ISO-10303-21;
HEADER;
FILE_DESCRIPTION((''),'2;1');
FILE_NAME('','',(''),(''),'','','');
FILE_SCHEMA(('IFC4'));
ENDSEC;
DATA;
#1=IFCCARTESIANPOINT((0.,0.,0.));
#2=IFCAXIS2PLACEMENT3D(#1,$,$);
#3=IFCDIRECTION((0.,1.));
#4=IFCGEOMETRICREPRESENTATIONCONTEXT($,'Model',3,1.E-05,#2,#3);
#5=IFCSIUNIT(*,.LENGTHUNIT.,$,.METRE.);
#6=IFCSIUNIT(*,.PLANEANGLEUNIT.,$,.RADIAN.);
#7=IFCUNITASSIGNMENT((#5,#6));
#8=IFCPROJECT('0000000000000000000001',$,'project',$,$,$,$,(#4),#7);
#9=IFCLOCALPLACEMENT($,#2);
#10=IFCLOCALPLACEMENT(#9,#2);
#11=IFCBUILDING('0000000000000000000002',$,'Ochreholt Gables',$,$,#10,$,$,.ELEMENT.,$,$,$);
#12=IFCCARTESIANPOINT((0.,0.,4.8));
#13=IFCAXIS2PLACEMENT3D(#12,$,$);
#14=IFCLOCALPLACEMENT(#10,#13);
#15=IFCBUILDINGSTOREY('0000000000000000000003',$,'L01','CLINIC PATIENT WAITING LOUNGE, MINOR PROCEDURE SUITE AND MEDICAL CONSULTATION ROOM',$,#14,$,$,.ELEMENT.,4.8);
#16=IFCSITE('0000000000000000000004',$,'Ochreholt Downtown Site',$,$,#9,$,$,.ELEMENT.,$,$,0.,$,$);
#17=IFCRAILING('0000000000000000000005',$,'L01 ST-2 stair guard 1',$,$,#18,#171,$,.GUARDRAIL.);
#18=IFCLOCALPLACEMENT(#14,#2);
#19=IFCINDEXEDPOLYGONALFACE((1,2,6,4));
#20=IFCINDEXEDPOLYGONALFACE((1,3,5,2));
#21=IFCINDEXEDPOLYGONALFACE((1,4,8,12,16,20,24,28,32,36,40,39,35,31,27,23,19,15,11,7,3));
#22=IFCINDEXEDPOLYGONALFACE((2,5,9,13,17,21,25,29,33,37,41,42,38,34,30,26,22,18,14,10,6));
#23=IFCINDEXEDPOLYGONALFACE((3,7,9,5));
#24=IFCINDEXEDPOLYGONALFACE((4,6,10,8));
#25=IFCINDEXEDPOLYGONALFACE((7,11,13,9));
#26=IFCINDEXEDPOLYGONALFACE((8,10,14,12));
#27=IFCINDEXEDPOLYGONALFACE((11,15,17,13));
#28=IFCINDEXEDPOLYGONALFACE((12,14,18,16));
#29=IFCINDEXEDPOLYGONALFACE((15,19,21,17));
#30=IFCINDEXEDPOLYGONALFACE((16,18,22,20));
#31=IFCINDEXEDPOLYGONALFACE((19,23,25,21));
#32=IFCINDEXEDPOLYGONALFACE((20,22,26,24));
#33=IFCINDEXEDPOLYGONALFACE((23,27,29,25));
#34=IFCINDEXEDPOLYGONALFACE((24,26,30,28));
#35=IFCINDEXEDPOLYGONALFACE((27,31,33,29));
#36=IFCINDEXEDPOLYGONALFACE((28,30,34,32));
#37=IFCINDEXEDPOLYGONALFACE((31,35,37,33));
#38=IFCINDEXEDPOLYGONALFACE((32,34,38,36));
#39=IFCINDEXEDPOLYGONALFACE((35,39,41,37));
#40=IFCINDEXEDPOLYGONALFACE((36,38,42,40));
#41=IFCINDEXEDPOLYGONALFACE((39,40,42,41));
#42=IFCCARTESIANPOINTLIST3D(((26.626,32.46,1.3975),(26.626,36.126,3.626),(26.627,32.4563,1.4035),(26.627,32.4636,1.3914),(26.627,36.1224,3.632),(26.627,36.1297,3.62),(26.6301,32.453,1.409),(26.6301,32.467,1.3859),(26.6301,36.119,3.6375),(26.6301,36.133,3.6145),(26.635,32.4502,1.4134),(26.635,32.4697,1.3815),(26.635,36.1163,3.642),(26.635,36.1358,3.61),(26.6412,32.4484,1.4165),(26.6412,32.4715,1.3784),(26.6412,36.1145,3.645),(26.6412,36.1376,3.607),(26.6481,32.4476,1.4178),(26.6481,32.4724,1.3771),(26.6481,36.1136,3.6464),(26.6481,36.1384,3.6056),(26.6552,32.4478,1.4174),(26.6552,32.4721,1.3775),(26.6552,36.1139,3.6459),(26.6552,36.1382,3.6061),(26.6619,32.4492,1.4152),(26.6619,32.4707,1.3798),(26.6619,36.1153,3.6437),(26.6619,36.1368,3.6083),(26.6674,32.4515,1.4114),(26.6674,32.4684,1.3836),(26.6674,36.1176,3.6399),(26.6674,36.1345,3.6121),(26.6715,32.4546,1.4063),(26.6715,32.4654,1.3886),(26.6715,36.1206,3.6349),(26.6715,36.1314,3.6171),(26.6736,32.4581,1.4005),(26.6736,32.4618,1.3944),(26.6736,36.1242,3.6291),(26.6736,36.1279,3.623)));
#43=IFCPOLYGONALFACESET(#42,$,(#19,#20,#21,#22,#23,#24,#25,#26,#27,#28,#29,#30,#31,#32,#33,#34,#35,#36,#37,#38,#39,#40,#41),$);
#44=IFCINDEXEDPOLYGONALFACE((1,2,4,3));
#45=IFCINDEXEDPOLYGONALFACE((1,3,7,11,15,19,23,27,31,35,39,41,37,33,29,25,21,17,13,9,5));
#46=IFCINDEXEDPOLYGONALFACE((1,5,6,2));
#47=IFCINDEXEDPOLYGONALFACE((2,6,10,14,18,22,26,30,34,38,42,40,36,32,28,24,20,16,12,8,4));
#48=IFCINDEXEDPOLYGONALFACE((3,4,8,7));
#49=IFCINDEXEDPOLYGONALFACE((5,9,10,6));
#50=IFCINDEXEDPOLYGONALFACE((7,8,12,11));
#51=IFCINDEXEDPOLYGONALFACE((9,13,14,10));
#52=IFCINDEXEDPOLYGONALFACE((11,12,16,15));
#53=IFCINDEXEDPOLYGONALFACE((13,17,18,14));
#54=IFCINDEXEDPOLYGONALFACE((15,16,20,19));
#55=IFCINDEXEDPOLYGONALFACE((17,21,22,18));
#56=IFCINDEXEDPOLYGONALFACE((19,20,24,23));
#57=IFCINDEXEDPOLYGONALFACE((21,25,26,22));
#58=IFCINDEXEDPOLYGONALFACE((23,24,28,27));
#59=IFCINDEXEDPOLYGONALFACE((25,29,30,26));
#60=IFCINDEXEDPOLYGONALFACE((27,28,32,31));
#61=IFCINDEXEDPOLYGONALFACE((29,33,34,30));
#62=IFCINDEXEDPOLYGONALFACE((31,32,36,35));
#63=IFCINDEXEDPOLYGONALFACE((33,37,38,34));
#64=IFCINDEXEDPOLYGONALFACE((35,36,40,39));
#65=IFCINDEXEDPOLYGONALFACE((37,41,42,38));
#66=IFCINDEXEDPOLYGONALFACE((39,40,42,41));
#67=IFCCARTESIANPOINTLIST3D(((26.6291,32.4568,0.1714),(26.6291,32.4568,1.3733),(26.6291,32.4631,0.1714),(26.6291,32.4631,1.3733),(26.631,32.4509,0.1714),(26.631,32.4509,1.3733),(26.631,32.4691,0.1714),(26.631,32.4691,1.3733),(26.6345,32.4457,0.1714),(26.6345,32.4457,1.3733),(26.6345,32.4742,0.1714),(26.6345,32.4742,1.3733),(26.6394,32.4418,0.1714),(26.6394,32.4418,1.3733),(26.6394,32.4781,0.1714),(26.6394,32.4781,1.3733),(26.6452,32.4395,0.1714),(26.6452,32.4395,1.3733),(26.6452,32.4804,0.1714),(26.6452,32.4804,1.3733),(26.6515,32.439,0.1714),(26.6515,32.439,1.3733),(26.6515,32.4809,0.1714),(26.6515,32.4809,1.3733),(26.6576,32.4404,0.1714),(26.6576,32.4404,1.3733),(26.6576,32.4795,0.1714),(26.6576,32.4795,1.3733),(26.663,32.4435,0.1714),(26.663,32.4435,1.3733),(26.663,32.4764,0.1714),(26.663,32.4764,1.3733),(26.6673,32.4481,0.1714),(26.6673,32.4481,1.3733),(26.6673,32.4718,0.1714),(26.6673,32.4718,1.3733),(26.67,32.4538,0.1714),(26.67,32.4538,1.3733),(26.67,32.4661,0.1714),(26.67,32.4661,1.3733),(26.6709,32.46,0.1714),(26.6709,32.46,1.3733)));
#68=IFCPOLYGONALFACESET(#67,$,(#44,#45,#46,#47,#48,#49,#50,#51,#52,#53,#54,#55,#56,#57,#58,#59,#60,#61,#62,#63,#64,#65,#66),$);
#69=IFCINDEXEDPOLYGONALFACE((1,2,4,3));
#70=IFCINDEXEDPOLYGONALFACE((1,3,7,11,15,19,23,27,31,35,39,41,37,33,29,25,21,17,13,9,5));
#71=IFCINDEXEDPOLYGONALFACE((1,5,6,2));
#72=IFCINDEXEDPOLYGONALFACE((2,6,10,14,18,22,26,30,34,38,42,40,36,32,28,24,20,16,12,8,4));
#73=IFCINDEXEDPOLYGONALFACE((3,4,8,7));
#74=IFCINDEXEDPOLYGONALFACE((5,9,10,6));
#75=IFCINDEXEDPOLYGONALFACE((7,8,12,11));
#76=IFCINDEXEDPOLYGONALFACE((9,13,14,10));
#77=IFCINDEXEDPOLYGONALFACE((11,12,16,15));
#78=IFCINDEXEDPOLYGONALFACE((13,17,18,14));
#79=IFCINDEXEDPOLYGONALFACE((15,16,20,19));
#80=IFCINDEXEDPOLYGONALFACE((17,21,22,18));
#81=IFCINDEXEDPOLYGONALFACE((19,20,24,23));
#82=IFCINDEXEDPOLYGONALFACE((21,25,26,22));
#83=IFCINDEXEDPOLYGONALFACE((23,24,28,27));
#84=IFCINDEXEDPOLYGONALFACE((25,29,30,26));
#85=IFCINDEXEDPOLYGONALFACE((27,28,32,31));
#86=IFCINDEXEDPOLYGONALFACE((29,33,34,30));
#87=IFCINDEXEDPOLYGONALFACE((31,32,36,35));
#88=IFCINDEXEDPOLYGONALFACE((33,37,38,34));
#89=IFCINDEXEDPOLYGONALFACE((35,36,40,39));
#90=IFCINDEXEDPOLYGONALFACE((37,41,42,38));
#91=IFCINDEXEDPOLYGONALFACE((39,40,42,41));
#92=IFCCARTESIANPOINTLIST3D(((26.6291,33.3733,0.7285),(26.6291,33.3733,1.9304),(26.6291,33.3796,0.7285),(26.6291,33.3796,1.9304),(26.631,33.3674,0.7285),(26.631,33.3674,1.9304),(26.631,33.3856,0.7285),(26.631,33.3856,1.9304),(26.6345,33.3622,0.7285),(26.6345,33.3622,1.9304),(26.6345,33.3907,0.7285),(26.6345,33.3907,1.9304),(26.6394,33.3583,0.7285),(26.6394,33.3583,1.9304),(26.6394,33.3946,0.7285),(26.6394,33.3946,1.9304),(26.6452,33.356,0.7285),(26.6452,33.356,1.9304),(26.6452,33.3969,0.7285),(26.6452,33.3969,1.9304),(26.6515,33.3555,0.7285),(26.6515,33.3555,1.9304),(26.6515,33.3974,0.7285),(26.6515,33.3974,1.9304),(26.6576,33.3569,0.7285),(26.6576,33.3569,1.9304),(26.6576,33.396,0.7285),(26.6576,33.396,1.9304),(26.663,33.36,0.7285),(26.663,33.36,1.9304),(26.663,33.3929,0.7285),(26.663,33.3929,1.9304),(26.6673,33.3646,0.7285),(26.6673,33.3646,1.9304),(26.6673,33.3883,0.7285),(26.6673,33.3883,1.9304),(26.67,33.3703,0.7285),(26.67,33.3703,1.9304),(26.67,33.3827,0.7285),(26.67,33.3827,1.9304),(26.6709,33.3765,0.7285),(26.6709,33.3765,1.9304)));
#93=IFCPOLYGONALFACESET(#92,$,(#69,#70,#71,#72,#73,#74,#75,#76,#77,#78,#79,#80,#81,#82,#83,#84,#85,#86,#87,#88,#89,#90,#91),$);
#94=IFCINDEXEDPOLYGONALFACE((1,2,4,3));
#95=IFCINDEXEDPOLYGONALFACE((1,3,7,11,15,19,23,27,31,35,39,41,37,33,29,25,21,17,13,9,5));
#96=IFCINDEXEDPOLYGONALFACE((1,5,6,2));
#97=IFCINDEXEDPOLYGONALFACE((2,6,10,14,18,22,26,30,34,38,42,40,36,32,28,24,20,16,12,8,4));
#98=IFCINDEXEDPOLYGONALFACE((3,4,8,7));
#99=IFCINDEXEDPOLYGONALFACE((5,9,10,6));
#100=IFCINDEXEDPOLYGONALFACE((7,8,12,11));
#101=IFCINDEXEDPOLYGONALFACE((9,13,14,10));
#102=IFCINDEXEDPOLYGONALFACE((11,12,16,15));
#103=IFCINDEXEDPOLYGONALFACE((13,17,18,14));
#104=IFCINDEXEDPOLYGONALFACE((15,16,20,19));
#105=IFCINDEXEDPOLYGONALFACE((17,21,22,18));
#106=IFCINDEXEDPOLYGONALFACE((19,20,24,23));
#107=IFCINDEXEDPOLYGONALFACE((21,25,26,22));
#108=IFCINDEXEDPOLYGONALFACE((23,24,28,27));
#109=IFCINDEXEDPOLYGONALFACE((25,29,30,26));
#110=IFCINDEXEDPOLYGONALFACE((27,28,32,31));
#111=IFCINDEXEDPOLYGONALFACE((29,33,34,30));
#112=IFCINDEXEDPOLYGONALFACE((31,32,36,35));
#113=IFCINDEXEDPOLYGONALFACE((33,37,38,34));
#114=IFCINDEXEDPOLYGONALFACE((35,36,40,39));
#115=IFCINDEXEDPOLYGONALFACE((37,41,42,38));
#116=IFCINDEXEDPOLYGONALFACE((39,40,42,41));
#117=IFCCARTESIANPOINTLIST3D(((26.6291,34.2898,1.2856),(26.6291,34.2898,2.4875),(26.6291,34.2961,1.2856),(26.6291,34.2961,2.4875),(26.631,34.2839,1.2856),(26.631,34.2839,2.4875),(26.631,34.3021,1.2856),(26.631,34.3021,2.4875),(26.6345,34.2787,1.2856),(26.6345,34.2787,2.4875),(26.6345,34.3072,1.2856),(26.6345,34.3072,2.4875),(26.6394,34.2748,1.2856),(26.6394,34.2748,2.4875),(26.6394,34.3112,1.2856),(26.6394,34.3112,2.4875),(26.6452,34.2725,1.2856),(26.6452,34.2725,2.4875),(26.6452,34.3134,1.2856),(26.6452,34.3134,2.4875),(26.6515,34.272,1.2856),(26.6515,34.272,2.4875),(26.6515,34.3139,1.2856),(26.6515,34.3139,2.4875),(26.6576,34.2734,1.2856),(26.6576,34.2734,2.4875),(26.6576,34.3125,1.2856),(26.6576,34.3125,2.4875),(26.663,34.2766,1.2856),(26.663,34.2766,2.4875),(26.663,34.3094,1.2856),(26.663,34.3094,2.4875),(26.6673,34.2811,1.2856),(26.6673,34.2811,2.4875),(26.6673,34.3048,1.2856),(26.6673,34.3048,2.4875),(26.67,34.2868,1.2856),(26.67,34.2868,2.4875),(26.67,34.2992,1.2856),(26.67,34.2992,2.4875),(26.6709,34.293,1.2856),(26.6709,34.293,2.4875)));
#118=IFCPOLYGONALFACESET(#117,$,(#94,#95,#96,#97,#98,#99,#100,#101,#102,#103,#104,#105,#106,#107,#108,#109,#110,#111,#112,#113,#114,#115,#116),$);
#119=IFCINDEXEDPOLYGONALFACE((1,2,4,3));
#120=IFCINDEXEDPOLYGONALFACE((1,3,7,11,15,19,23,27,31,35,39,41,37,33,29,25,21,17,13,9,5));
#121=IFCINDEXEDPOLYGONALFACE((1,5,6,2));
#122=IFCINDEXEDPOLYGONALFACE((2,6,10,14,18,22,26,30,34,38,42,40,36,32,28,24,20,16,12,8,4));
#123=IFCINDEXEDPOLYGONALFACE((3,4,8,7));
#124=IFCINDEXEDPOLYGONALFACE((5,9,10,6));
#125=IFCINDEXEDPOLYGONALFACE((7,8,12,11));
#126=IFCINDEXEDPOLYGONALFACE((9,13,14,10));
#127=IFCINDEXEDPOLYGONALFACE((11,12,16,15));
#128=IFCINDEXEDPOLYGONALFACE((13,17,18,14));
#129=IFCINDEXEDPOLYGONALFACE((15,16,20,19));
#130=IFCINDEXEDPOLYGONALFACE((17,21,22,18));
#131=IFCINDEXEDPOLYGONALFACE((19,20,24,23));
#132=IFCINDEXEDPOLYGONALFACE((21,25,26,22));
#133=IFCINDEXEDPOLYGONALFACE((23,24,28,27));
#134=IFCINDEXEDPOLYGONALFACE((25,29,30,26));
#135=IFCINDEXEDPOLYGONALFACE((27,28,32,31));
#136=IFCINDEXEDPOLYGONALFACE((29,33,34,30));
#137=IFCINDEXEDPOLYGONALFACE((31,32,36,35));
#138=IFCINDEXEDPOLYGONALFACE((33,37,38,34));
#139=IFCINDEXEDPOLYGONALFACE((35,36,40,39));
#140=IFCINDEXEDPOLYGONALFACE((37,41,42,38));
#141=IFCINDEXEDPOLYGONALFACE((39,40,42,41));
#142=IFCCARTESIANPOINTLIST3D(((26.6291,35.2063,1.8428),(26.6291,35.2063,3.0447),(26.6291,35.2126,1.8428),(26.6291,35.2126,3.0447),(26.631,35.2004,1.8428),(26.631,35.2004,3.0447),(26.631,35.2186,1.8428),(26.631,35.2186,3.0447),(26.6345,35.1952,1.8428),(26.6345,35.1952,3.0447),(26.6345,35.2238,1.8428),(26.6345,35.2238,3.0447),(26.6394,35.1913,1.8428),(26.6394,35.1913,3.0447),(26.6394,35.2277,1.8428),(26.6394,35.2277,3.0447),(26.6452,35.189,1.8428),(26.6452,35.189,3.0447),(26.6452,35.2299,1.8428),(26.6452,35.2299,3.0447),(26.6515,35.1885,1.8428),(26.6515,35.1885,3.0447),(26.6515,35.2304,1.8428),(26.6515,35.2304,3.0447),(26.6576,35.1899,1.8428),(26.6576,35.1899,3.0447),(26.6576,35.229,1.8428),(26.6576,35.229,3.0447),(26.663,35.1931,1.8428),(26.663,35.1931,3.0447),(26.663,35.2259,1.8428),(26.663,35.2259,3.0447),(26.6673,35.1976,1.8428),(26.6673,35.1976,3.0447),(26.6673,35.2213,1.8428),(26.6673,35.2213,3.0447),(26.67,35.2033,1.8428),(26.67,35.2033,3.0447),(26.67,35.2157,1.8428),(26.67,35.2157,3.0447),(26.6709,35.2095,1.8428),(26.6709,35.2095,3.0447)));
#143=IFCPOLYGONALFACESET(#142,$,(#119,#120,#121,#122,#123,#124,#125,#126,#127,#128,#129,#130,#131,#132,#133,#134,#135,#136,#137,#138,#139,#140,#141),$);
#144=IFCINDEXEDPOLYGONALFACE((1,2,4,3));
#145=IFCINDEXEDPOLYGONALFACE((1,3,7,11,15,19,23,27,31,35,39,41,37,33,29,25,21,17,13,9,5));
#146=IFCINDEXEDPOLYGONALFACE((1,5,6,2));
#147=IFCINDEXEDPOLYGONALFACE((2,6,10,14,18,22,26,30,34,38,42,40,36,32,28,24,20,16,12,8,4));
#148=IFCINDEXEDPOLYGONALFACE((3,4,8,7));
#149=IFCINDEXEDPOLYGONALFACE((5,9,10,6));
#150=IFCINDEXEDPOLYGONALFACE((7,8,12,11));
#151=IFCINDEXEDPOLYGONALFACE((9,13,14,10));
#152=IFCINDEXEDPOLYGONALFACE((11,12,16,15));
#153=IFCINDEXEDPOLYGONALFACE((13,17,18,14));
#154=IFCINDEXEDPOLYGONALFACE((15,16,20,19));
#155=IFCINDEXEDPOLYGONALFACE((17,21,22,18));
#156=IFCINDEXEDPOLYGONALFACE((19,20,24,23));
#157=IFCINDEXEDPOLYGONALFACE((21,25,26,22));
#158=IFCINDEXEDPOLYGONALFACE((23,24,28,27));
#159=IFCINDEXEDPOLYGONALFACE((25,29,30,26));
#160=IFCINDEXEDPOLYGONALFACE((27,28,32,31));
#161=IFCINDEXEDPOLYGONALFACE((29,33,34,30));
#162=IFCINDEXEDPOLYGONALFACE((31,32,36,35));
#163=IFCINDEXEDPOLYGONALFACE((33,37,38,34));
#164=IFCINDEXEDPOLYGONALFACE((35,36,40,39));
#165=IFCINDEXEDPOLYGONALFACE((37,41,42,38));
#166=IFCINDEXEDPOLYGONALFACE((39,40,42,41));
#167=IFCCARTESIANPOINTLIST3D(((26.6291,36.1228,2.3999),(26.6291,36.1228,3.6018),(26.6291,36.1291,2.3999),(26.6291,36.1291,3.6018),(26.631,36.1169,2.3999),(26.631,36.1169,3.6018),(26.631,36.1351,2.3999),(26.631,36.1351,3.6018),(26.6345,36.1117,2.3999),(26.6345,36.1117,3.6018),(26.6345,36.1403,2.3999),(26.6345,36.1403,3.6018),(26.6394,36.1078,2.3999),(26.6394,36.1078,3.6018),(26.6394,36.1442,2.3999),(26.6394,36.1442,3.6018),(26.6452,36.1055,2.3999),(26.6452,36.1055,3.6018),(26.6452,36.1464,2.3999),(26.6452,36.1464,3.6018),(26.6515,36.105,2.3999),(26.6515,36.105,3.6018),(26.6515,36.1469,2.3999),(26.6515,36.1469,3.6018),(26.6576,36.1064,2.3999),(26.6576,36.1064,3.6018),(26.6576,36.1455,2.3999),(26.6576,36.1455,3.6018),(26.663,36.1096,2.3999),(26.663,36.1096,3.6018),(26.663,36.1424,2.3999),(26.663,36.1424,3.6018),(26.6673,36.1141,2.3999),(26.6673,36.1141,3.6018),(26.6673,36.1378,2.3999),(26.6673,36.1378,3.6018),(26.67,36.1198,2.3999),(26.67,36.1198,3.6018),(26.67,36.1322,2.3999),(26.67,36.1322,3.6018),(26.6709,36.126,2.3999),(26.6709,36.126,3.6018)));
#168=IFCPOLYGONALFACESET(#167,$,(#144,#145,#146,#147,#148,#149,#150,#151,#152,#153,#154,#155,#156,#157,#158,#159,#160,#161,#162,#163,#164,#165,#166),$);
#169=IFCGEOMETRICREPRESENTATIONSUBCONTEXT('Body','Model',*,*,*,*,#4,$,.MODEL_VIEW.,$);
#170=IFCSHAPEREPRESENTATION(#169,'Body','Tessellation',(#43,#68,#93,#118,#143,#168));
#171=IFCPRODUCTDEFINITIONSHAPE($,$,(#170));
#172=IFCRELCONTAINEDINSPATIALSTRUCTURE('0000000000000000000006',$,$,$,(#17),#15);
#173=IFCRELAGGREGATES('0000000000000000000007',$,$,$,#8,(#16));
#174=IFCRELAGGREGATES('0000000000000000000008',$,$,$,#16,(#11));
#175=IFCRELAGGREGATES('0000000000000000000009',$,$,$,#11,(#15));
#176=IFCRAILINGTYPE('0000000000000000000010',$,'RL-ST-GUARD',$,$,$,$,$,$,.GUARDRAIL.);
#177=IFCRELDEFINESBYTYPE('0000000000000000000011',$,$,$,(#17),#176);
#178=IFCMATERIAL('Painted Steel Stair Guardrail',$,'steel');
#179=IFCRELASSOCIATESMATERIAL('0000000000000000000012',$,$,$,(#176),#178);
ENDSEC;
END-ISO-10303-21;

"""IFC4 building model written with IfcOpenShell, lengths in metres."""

from ifc_helpers import new_model, si_unit, direction, frame, origin, origin_2d, place, context, subcontext, project, spatial, circle, extrude, material, type_object, element, save


model = new_model("IFC4")

# Units and contexts
model_context = context("Model", 3, precision=1e-05, world=origin(), true_north=direction((0.0, 1.0)))
body_context = subcontext(model_context, "Body", "Model", "MODEL_VIEW")
ifc_project = project(units=[si_unit("LENGTHUNIT", "METRE"), si_unit("PLANEANGLEUNIT", "RADIAN")], contexts=[model_context])

# Site, building, storey
site_placement = place(None, origin())
site = spatial("IfcSite", under=ifc_project, at=site_placement, Name="Ochreholt Downtown Site", CompositionType="ELEMENT", RefElevation=0.0)
building_placement = place(site_placement, origin())
building = spatial("IfcBuilding", under=site, at=building_placement, Name="Ochreholt Gables", CompositionType="ELEMENT")
storey_placement = place(building_placement, frame((0.0, 0.0, 4.8)))
storey = spatial("IfcBuildingStorey", under=building, at=storey_placement, Name="L01", Description="CLINIC PATIENT WAITING LOUNGE, MINOR PROCEDURE SUITE AND MEDICAL CONSULTATION ROOM", CompositionType="ELEMENT", Elevation=4.8)

# Railing
ifc_material_1 = material(Name="Painted Steel Stair Guardrail", Category="steel")
railing_type_1 = type_object("IfcRailingType", Name="RL-ST-GUARD", PredefinedType="GUARDRAIL", material=ifc_material_1)
railing_1_placement = place(storey_placement, frame((26.6499, 32.46, 0.1714)))
element("IfcRailing", 1, at=railing_1_placement, inside=storey, type_object=railing_type_1, Name="L01 ST-2 stair guard 1", PredefinedType="GUARDRAIL", context=body_context, shape_type="SweptSolid", body=[
    extrude(circle(Radius=0.0239, at=origin_2d()), frame((0.0, 0.0, 1.2261), z_axis=(0.0, 0.854506, 0.519441), x_axis=(-1.0, 0.0, 0.0)), (0.0, 0.0, 1.0), 4.2903),
    extrude(circle(Radius=0.021, at=origin_2d()), origin(), (0.0, 0.0, 1.0), 1.2019),
    extrude(circle(Radius=0.021, at=origin_2d()), frame((0.0, 0.9165, 0.5571)), (0.0, 0.0, 1.0), 1.2019),
    extrude(circle(Radius=0.021, at=origin_2d()), frame((0.0, 1.833, 1.1143)), (0.0, 0.0, 1.0), 1.2019),
    extrude(circle(Radius=0.021, at=origin_2d()), frame((0.0, 2.7495, 1.6714)), (0.0, 0.0, 1.0), 1.2019),
    extrude(circle(Radius=0.021, at=origin_2d()), frame((0.0, 3.666, 2.2285)), (0.0, 0.0, 1.0), 1.2019),
])

save(model, "model.ifc")
